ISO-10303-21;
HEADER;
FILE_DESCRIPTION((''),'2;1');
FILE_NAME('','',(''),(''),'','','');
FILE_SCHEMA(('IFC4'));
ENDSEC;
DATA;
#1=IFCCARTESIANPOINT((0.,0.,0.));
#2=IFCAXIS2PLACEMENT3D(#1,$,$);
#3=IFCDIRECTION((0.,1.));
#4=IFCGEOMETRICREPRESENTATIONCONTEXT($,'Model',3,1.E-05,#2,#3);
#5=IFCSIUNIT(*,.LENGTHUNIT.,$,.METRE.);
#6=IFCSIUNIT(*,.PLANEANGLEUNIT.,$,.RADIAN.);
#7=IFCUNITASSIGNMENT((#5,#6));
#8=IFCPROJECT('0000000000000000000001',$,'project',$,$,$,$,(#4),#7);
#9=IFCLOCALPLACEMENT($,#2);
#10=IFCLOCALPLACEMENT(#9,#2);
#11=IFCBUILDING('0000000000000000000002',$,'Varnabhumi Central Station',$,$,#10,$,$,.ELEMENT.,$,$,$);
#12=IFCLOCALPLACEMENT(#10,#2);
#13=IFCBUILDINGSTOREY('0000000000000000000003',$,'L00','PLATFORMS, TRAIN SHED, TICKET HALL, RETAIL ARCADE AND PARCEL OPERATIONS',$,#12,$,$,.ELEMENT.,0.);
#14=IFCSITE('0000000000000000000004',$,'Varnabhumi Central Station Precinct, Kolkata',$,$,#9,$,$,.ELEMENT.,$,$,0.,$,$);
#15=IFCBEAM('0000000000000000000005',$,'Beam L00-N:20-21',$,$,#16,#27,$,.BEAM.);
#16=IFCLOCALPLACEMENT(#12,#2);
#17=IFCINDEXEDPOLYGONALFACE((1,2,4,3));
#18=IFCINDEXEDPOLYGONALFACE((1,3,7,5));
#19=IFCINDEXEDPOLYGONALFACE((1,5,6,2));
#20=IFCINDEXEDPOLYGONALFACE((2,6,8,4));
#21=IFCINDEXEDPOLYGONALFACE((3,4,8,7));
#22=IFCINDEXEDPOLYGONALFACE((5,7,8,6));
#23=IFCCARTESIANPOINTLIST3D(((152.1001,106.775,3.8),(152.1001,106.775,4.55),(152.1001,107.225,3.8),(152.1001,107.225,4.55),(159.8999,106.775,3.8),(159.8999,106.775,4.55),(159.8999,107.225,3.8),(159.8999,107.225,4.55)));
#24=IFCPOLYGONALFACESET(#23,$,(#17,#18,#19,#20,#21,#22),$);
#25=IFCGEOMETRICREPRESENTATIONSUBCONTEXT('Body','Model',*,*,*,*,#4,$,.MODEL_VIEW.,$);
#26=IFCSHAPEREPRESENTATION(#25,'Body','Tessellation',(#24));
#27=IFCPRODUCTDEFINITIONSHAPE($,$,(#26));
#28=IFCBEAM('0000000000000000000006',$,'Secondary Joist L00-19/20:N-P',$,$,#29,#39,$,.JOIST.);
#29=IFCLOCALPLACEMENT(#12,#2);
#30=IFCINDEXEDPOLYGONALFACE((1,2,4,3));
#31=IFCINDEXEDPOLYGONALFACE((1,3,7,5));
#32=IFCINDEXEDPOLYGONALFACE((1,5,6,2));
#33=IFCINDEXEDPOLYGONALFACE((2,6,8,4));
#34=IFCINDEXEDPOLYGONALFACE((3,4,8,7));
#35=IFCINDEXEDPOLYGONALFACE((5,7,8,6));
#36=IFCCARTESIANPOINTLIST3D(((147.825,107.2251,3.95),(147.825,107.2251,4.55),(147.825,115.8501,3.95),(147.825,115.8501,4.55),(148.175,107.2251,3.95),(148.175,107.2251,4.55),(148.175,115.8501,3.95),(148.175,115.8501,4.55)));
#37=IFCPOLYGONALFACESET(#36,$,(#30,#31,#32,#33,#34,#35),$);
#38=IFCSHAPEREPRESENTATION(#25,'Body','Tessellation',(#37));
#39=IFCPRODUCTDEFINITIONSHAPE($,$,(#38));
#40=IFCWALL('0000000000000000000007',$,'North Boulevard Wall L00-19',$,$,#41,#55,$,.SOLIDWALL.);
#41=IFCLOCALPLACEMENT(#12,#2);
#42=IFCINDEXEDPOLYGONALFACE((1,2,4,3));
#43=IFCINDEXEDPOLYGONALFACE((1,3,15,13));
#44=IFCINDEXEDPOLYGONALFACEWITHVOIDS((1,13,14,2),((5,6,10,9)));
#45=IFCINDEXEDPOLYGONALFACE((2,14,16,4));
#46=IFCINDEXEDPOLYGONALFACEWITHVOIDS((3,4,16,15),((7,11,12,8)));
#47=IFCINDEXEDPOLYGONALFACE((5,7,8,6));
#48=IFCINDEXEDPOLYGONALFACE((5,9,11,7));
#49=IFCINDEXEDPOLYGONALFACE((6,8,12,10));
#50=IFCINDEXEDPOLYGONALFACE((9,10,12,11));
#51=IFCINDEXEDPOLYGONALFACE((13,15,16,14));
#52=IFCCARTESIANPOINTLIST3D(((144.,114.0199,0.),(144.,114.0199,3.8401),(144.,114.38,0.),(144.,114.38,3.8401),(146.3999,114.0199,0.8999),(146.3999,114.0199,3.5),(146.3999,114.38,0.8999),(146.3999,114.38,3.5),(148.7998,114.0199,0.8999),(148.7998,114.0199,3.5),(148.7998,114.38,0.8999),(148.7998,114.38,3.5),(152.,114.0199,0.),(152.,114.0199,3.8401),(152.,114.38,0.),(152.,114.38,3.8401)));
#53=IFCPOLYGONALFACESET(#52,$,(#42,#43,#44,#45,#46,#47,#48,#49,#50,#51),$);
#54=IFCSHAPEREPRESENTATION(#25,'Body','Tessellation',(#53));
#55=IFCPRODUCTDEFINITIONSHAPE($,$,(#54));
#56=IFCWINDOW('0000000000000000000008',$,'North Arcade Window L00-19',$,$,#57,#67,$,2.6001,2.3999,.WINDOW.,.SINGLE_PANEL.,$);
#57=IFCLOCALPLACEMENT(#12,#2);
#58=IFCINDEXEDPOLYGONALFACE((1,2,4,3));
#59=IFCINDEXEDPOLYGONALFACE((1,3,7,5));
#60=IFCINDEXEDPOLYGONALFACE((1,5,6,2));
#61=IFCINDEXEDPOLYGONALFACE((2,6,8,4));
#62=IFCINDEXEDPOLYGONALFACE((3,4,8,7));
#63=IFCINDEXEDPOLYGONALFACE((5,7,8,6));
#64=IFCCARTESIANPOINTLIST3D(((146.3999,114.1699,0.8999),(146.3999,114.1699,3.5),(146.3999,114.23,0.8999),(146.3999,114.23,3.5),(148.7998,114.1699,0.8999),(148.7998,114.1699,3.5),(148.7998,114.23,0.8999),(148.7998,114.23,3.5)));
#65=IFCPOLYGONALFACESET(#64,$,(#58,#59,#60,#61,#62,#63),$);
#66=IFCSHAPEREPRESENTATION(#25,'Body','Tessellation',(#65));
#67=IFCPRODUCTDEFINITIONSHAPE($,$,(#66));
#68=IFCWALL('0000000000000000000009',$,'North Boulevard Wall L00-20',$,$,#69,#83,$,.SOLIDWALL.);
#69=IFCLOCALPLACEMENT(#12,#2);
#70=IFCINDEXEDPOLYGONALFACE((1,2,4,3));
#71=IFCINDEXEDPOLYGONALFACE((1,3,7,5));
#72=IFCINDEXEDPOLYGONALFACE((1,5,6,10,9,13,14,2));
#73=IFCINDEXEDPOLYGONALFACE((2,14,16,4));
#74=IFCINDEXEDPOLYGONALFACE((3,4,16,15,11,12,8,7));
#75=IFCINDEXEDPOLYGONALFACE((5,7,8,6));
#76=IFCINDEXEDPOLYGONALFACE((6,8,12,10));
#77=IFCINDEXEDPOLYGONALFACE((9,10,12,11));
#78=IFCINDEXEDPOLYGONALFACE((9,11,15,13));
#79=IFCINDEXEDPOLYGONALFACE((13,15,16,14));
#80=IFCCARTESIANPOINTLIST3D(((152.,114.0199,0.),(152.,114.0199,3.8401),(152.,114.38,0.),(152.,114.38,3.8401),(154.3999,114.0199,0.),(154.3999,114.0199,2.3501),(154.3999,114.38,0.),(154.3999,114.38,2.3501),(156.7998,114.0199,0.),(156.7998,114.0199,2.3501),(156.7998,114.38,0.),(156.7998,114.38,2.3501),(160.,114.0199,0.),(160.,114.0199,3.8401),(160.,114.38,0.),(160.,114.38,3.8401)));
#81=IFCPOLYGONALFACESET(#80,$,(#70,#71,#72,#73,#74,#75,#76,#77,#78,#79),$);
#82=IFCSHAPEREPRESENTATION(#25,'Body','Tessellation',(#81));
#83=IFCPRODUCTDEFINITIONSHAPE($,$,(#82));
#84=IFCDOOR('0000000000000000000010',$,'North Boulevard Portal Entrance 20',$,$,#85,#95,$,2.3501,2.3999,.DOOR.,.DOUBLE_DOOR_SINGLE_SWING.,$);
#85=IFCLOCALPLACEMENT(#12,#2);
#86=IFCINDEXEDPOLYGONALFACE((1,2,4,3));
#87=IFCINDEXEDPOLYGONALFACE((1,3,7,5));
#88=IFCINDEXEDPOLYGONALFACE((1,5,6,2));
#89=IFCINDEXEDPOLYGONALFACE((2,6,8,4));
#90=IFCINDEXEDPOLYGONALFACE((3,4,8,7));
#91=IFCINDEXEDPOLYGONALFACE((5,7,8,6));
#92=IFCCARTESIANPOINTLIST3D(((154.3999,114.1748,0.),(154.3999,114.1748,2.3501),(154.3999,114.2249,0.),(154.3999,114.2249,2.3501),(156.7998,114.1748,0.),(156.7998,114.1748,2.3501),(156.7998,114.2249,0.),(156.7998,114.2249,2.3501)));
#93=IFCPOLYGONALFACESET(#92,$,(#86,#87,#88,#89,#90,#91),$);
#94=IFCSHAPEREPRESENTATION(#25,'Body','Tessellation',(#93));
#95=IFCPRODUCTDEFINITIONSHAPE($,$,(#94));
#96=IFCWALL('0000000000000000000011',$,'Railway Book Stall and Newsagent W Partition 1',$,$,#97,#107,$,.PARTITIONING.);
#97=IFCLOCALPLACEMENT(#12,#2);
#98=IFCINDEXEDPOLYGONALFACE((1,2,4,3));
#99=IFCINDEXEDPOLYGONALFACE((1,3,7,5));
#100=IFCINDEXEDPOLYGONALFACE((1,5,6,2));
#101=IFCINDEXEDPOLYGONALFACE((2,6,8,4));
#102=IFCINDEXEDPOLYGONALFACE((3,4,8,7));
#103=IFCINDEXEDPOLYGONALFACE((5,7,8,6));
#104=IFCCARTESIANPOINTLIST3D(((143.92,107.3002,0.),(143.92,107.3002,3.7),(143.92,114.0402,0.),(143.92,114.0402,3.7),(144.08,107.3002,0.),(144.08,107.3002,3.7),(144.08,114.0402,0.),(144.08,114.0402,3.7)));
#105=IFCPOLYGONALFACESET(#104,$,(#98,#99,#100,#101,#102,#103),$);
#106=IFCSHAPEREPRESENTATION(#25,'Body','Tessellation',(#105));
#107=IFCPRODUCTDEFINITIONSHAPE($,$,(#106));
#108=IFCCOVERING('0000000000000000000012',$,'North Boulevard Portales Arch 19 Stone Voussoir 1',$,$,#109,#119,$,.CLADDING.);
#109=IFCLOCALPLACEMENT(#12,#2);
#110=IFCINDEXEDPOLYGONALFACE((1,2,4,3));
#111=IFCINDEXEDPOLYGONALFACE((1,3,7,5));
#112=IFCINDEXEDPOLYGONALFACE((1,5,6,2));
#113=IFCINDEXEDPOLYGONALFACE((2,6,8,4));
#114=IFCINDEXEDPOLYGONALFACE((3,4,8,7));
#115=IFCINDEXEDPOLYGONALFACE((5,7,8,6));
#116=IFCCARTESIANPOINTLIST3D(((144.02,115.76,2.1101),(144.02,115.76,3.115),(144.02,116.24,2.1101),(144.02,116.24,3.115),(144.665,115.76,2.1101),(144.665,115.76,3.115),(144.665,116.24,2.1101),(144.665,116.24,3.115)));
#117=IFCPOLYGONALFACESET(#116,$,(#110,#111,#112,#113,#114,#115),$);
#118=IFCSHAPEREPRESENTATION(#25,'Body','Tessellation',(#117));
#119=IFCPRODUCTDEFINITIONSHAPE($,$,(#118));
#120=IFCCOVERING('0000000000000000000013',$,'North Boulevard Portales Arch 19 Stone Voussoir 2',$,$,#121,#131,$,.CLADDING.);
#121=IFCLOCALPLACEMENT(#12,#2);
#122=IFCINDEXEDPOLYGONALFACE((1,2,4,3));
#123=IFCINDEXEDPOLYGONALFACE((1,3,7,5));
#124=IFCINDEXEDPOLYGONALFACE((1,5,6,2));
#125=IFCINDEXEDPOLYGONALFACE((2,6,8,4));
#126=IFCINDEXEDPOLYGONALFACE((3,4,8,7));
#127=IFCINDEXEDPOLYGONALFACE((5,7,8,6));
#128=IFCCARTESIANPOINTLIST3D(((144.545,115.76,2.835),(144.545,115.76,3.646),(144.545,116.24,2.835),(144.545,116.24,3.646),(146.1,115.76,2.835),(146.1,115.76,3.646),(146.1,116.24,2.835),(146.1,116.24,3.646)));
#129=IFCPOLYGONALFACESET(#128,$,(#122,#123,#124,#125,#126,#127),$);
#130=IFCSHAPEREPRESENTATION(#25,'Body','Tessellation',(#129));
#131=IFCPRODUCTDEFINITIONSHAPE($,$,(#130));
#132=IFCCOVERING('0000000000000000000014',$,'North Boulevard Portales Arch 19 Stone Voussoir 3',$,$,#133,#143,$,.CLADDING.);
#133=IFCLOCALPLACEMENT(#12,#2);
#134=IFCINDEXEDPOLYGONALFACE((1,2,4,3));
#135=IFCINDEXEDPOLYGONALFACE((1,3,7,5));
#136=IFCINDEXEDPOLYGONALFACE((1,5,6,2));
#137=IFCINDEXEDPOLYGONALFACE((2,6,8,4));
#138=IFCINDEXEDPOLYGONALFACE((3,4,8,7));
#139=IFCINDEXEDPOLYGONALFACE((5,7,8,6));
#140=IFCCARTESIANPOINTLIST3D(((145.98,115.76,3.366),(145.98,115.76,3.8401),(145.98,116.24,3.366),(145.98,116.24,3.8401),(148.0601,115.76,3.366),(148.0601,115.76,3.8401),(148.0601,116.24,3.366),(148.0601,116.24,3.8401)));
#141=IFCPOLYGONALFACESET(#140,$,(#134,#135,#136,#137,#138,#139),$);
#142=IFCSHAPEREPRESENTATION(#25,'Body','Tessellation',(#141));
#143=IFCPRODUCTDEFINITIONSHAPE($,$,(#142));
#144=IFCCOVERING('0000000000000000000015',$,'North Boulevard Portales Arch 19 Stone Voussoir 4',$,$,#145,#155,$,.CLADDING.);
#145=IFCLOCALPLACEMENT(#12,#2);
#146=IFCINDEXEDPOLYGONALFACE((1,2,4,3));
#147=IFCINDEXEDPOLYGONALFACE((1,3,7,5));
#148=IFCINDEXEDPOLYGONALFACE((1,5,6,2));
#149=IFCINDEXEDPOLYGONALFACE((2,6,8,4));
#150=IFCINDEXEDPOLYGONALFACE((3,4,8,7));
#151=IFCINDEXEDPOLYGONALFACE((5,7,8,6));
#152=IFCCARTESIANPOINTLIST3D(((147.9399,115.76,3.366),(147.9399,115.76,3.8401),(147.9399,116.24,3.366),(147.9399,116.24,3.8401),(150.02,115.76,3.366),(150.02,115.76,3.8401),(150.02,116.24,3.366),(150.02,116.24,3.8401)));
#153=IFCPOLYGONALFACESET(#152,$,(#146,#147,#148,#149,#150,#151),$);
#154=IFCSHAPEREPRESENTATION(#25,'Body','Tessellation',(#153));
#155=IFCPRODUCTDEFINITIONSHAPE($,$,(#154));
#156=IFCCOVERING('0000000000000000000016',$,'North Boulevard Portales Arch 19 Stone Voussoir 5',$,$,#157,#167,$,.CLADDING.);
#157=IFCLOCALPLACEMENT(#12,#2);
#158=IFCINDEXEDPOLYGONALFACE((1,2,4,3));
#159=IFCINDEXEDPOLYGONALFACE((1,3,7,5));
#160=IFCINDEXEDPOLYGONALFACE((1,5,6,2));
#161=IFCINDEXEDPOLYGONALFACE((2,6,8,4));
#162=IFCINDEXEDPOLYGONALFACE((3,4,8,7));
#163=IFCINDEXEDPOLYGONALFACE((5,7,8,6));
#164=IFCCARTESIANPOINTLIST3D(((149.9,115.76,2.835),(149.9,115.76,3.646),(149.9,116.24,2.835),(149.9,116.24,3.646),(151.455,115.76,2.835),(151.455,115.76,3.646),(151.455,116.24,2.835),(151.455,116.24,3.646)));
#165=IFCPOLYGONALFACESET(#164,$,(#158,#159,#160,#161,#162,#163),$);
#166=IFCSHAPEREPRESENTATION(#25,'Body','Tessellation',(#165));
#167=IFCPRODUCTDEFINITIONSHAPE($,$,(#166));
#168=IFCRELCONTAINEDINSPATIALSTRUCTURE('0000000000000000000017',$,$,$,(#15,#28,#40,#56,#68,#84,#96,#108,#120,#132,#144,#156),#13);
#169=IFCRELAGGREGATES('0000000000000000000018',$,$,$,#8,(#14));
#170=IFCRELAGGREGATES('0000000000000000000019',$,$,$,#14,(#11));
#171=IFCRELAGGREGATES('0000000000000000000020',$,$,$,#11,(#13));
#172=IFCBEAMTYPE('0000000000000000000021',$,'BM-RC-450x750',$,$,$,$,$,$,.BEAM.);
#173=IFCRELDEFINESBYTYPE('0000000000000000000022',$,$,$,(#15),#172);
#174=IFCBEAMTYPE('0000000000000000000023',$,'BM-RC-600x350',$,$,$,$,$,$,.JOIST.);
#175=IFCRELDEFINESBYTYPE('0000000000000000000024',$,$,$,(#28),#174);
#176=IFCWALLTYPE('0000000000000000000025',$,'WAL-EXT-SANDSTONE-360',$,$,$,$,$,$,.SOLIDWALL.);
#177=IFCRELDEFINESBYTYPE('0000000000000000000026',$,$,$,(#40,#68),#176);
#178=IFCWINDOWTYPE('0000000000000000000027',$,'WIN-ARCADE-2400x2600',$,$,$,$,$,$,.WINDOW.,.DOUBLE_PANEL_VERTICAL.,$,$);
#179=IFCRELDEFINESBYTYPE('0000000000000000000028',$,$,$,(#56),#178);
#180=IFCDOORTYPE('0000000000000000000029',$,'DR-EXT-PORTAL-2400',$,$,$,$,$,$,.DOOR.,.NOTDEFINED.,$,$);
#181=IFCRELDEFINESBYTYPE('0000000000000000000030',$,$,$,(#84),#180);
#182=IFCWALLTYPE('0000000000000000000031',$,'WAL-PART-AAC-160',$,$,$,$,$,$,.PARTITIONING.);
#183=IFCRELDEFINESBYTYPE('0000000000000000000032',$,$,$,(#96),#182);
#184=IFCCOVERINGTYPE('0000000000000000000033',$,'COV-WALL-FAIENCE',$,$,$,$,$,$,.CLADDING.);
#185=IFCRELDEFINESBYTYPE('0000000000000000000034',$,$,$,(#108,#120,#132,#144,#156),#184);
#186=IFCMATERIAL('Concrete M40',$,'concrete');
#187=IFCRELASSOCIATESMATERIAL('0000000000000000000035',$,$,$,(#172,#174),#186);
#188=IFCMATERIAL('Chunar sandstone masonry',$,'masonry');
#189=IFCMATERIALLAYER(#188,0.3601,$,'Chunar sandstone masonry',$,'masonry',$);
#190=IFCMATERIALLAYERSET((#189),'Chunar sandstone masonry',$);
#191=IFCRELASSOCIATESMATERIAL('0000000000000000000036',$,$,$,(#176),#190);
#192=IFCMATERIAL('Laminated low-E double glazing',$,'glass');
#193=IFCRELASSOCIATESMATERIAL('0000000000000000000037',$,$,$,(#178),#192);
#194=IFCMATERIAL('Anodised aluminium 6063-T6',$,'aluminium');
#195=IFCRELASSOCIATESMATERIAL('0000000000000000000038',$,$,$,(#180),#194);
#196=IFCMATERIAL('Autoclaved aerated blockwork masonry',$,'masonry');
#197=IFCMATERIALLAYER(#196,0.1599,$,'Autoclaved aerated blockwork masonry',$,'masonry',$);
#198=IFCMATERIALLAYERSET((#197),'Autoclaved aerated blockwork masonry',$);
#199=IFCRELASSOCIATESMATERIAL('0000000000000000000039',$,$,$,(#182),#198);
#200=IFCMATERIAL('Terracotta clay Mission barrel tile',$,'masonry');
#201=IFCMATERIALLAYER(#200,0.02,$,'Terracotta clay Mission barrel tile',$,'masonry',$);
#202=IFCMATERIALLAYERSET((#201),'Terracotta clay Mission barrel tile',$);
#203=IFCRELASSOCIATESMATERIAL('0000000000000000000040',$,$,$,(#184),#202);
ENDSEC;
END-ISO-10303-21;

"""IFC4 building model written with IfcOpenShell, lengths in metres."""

from ifc_helpers import new_model, si_unit, direction, frame, frame_2d, origin, origin_2d, place, context, subcontext, project, spatial, rectangle, extrude, material, layer, layer_set, material_profile, profile_set, type_object, element, fill, save


model = new_model("IFC4")

# Units and contexts
model_context = context("Model", 3, precision=1e-05, world=origin(), true_north=direction((0.0, 1.0)))
body_context = subcontext(model_context, "Body", "Model", "MODEL_VIEW")
ifc_project = project(units=[si_unit("LENGTHUNIT", "METRE"), si_unit("PLANEANGLEUNIT", "RADIAN")], contexts=[model_context])

# Site, building, storey
site_placement = place(None, origin())
site = spatial("IfcSite", under=ifc_project, at=site_placement, Name="Varnabhumi Central Station Precinct, Kolkata", CompositionType="ELEMENT", RefElevation=0.0)
building_placement = place(site_placement, origin())
building = spatial("IfcBuilding", under=site, at=building_placement, Name="Varnabhumi Central Station", CompositionType="ELEMENT")
storey_placement = place(building_placement, origin())
storey = spatial("IfcBuildingStorey", under=building, at=storey_placement, Name="L00", Description="PLATFORMS, TRAIN SHED, TICKET HALL, RETAIL ARCADE AND PARCEL OPERATIONS", CompositionType="ELEMENT", Elevation=0.0)

# Shared definitions
ifc_material_1 = material(Name="Concrete M40", Category="concrete")

# Beams
ifc_material_profile_1 = material_profile(ifc_material_1, rectangle(XDim=0.45, YDim=0.75, at=origin_2d()), Name="Concrete M40", Category="concrete")
ifc_profile_set_1 = profile_set([ifc_material_profile_1], Name="Concrete M40")
beam_type_1 = type_object("IfcBeamType", Name="BM-RC-450x750", PredefinedType="BEAM", material=ifc_profile_set_1)
beam_1_placement = place(storey_placement, frame((152.1001, 107.0, 4.175), z_axis=(1.0, 0.0, 0.0), x_axis=(0.0, 1.0, 0.0)))
element("IfcBeam", 1, at=beam_1_placement, inside=storey, type_object=beam_type_1, Name="Beam L00-N:20-21", PredefinedType="BEAM", context=body_context, shape_type="SweptSolid", body=[
    extrude(rectangle(XDim=0.45, YDim=0.75, at=origin_2d()), origin(), (0.0, 0.0, 1.0), 7.7998),
])
ifc_material_profile_2 = material_profile(ifc_material_1, rectangle(XDim=0.3501, YDim=0.6001, at=origin_2d()), Name="Concrete M40", Category="concrete")
ifc_profile_set_2 = profile_set([ifc_material_profile_2], Name="Concrete M40")
beam_type_2 = type_object("IfcBeamType", Name="BM-RC-600x350", PredefinedType="JOIST", material=ifc_profile_set_2)
beam_2_placement = place(storey_placement, frame((148.0, 107.2251, 4.25), z_axis=(0.0, 1.0, 0.0), x_axis=(-1.0, 0.0, 0.0)))
element("IfcBeam", 2, at=beam_2_placement, inside=storey, type_object=beam_type_2, Name="Secondary Joist L00-19/20:N-P", PredefinedType="JOIST", context=body_context, shape_type="SweptSolid", body=[
    extrude(rectangle(XDim=0.3501, YDim=0.6001, at=origin_2d()), origin(), (0.0, 0.0, 1.0), 8.625),
])

# Wall, opening, window
ifc_material_2 = material(Name="Chunar sandstone masonry", Category="masonry")
ifc_layer_1 = layer(ifc_material_2, 0.3601, Name="Chunar sandstone masonry", Category="masonry")
ifc_layer_set_1 = layer_set([ifc_layer_1], Name="Chunar sandstone masonry")
wall_type_1 = type_object("IfcWallType", Name="WAL-EXT-SANDSTONE-360", PredefinedType="SOLIDWALL", material=ifc_layer_set_1)
wall_1_placement = place(storey_placement, frame((144.0, 114.2, 0.0), z_axis=(0.0, 0.0, 1.0), x_axis=(1.0, 0.0, 0.0)))
wall_1 = element("IfcWall", 3, at=wall_1_placement, inside=storey, type_object=wall_type_1, Name="North Boulevard Wall L00-19", PredefinedType="SOLIDWALL", context=body_context, shape_type="SweptSolid", body=[
    extrude(rectangle(XDim=8.0, YDim=0.3601, at=frame_2d((4.0, 0.0))), origin(), (0.0, 0.0, 1.0), 3.8401),
])
opening_1_placement = place(wall_1_placement, frame((2.3999, 0.0, 0.8999)))
opening_1 = element("IfcOpeningElement", 4, at=opening_1_placement, cuts=wall_1, PredefinedType="OPENING", context=body_context, shape_type="SweptSolid", body=[
    extrude(rectangle(XDim=2.3999, YDim=2.6001, at=frame_2d((1.2, 1.3))), frame((0.0, 0.1899, 0.0), z_axis=(0.0, -1.0, 0.0), x_axis=(1.0, 0.0, 0.0)), (0.0, 0.0, 1.0), 0.3801),
])
ifc_material_3 = material(Name="Laminated low-E double glazing", Category="glass")
window_type = type_object("IfcWindowType", Name="WIN-ARCADE-2400x2600", PartitioningType="DOUBLE_PANEL_VERTICAL", PredefinedType="WINDOW", material=ifc_material_3)
window_placement = place(opening_1_placement, origin())
window = element("IfcWindow", 5, at=window_placement, inside=storey, type_object=window_type, Name="North Arcade Window L00-19", OverallHeight=2.6001, OverallWidth=2.3999, PartitioningType="SINGLE_PANEL", PredefinedType="WINDOW", context=body_context, shape_type="SweptSolid", body=[
    extrude(rectangle(XDim=2.3999, YDim=2.6001, at=frame_2d((1.2, 1.3))), frame((0.0, 0.03, 0.0), z_axis=(0.0, -1.0, 0.0), x_axis=(1.0, 0.0, 0.0)), (0.0, 0.0, 1.0), 0.0601),
])
fill(opening_1, window)

# Wall, opening, door
wall_2_placement = place(storey_placement, frame((152.0, 114.2, 0.0), z_axis=(0.0, 0.0, 1.0), x_axis=(1.0, 0.0, 0.0)))
wall_2 = element("IfcWall", 6, at=wall_2_placement, inside=storey, type_object=wall_type_1, Name="North Boulevard Wall L00-20", PredefinedType="SOLIDWALL", context=body_context, shape_type="SweptSolid", body=[
    extrude(rectangle(XDim=8.0, YDim=0.3601, at=frame_2d((4.0, 0.0))), origin(), (0.0, 0.0, 1.0), 3.8401),
])
opening_2_placement = place(wall_2_placement, frame((2.3999, 0.0, 0.0)))
opening_2 = element("IfcOpeningElement", 7, at=opening_2_placement, cuts=wall_2, PredefinedType="OPENING", context=body_context, shape_type="SweptSolid", body=[
    extrude(rectangle(XDim=2.3999, YDim=2.3501, at=frame_2d((1.2, 1.175))), frame((0.0, 0.1899, 0.0), z_axis=(0.0, -1.0, 0.0), x_axis=(1.0, 0.0, 0.0)), (0.0, 0.0, 1.0), 0.3801),
])
ifc_material_4 = material(Name="Anodised aluminium 6063-T6", Category="aluminium")
door_type = type_object("IfcDoorType", Name="DR-EXT-PORTAL-2400", OperationType="NOTDEFINED", PredefinedType="DOOR", material=ifc_material_4)
door_placement = place(opening_2_placement, origin())
door = element("IfcDoor", 8, at=door_placement, inside=storey, type_object=door_type, Name="North Boulevard Portal Entrance 20", OperationType="DOUBLE_DOOR_SINGLE_SWING", OverallHeight=2.3501, OverallWidth=2.3999, PredefinedType="DOOR", context=body_context, shape_type="SweptSolid", body=[
    extrude(rectangle(XDim=2.3999, YDim=2.3501, at=frame_2d((1.2, 1.175))), frame((0.0, 0.0249, 0.0), z_axis=(0.0, -1.0, 0.0), x_axis=(1.0, 0.0, 0.0)), (0.0, 0.0, 1.0), 0.05),
])
fill(opening_2, door)

# Wall
ifc_material_5 = material(Name="Autoclaved aerated blockwork masonry", Category="masonry")
ifc_layer_2 = layer(ifc_material_5, 0.1599, Name="Autoclaved aerated blockwork masonry", Category="masonry")
ifc_layer_set_2 = layer_set([ifc_layer_2], Name="Autoclaved aerated blockwork masonry")
wall_type_2 = type_object("IfcWallType", Name="WAL-PART-AAC-160", PredefinedType="PARTITIONING", material=ifc_layer_set_2)
wall_3_placement = place(storey_placement, frame((144.0, 107.3, 0.0), z_axis=(0.0, 0.0, 1.0), x_axis=(0.0, 1.0, 0.0)))
element("IfcWall", 9, at=wall_3_placement, inside=storey, type_object=wall_type_2, Name="Railway Book Stall and Newsagent W Partition 1", PredefinedType="PARTITIONING", context=body_context, shape_type="SweptSolid", body=[
    extrude(rectangle(XDim=6.74, YDim=0.1599, at=frame_2d((3.3701, 0.0))), origin(), (0.0, 0.0, 1.0), 3.7),
])

# Coverings
ifc_material_6 = material(Name="Terracotta clay Mission barrel tile", Category="masonry")
ifc_layer_3 = layer(ifc_material_6, 0.02, Name="Terracotta clay Mission barrel tile", Category="masonry")
ifc_layer_set_3 = layer_set([ifc_layer_3], Name="Terracotta clay Mission barrel tile")
covering_type = type_object("IfcCoveringType", Name="COV-WALL-FAIENCE", PredefinedType="CLADDING", material=ifc_layer_set_3)
covering_1_placement = place(storey_placement, frame((144.3425, 116.0, 2.1101), z_axis=(0.0, 0.0, 1.0), x_axis=(1.0, 0.0, 0.0)))
element("IfcCovering", 10, at=covering_1_placement, inside=storey, type_object=covering_type, Name="North Boulevard Portales Arch 19 Stone Voussoir 1", PredefinedType="CLADDING", context=body_context, shape_type="SweptSolid", body=[
    extrude(rectangle(XDim=0.645, YDim=0.48, at=origin_2d()), origin(), (0.0, 0.0, 1.0), 1.0049),
])
covering_2_placement = place(storey_placement, frame((145.3225, 116.0, 2.835), z_axis=(0.0, 0.0, 1.0), x_axis=(1.0, 0.0, 0.0)))
element("IfcCovering", 11, at=covering_2_placement, inside=storey, type_object=covering_type, Name="North Boulevard Portales Arch 19 Stone Voussoir 2", PredefinedType="CLADDING", context=body_context, shape_type="SweptSolid", body=[
    extrude(rectangle(XDim=1.5549, YDim=0.48, at=origin_2d()), origin(), (0.0, 0.0, 1.0), 0.811),
])
for number, where, z_axis, x_axis, name in (
    (12, (147.02, 116.0, 3.366), (0.0, 0.0, 1.0), (1.0, 0.0, 0.0), "North Boulevard Portales Arch 19 Stone Voussoir 3"),
    (13, (148.98, 116.0, 3.366), (0.0, 0.0, 1.0), (1.0, 0.0, 0.0), "North Boulevard Portales Arch 19 Stone Voussoir 4"),
):
    element("IfcCovering", number, at=place(storey_placement, frame(where, z_axis=z_axis, x_axis=x_axis)), inside=storey, type_object=covering_type, Name=name, PredefinedType="CLADDING", context=body_context, shape_type="SweptSolid", body=[
        extrude(rectangle(XDim=2.0801, YDim=0.48, at=origin_2d()), origin(), (0.0, 0.0, 1.0), 0.4741),
    ])
covering_3_placement = place(storey_placement, frame((150.6775, 116.0, 2.835), z_axis=(0.0, 0.0, 1.0), x_axis=(1.0, 0.0, 0.0)))
element("IfcCovering", 14, at=covering_3_placement, inside=storey, type_object=covering_type, Name="North Boulevard Portales Arch 19 Stone Voussoir 5", PredefinedType="CLADDING", context=body_context, shape_type="SweptSolid", body=[
    extrude(rectangle(XDim=1.5549, YDim=0.48, at=origin_2d()), origin(), (0.0, 0.0, 1.0), 0.811),
])

save(model, "model.ifc")
